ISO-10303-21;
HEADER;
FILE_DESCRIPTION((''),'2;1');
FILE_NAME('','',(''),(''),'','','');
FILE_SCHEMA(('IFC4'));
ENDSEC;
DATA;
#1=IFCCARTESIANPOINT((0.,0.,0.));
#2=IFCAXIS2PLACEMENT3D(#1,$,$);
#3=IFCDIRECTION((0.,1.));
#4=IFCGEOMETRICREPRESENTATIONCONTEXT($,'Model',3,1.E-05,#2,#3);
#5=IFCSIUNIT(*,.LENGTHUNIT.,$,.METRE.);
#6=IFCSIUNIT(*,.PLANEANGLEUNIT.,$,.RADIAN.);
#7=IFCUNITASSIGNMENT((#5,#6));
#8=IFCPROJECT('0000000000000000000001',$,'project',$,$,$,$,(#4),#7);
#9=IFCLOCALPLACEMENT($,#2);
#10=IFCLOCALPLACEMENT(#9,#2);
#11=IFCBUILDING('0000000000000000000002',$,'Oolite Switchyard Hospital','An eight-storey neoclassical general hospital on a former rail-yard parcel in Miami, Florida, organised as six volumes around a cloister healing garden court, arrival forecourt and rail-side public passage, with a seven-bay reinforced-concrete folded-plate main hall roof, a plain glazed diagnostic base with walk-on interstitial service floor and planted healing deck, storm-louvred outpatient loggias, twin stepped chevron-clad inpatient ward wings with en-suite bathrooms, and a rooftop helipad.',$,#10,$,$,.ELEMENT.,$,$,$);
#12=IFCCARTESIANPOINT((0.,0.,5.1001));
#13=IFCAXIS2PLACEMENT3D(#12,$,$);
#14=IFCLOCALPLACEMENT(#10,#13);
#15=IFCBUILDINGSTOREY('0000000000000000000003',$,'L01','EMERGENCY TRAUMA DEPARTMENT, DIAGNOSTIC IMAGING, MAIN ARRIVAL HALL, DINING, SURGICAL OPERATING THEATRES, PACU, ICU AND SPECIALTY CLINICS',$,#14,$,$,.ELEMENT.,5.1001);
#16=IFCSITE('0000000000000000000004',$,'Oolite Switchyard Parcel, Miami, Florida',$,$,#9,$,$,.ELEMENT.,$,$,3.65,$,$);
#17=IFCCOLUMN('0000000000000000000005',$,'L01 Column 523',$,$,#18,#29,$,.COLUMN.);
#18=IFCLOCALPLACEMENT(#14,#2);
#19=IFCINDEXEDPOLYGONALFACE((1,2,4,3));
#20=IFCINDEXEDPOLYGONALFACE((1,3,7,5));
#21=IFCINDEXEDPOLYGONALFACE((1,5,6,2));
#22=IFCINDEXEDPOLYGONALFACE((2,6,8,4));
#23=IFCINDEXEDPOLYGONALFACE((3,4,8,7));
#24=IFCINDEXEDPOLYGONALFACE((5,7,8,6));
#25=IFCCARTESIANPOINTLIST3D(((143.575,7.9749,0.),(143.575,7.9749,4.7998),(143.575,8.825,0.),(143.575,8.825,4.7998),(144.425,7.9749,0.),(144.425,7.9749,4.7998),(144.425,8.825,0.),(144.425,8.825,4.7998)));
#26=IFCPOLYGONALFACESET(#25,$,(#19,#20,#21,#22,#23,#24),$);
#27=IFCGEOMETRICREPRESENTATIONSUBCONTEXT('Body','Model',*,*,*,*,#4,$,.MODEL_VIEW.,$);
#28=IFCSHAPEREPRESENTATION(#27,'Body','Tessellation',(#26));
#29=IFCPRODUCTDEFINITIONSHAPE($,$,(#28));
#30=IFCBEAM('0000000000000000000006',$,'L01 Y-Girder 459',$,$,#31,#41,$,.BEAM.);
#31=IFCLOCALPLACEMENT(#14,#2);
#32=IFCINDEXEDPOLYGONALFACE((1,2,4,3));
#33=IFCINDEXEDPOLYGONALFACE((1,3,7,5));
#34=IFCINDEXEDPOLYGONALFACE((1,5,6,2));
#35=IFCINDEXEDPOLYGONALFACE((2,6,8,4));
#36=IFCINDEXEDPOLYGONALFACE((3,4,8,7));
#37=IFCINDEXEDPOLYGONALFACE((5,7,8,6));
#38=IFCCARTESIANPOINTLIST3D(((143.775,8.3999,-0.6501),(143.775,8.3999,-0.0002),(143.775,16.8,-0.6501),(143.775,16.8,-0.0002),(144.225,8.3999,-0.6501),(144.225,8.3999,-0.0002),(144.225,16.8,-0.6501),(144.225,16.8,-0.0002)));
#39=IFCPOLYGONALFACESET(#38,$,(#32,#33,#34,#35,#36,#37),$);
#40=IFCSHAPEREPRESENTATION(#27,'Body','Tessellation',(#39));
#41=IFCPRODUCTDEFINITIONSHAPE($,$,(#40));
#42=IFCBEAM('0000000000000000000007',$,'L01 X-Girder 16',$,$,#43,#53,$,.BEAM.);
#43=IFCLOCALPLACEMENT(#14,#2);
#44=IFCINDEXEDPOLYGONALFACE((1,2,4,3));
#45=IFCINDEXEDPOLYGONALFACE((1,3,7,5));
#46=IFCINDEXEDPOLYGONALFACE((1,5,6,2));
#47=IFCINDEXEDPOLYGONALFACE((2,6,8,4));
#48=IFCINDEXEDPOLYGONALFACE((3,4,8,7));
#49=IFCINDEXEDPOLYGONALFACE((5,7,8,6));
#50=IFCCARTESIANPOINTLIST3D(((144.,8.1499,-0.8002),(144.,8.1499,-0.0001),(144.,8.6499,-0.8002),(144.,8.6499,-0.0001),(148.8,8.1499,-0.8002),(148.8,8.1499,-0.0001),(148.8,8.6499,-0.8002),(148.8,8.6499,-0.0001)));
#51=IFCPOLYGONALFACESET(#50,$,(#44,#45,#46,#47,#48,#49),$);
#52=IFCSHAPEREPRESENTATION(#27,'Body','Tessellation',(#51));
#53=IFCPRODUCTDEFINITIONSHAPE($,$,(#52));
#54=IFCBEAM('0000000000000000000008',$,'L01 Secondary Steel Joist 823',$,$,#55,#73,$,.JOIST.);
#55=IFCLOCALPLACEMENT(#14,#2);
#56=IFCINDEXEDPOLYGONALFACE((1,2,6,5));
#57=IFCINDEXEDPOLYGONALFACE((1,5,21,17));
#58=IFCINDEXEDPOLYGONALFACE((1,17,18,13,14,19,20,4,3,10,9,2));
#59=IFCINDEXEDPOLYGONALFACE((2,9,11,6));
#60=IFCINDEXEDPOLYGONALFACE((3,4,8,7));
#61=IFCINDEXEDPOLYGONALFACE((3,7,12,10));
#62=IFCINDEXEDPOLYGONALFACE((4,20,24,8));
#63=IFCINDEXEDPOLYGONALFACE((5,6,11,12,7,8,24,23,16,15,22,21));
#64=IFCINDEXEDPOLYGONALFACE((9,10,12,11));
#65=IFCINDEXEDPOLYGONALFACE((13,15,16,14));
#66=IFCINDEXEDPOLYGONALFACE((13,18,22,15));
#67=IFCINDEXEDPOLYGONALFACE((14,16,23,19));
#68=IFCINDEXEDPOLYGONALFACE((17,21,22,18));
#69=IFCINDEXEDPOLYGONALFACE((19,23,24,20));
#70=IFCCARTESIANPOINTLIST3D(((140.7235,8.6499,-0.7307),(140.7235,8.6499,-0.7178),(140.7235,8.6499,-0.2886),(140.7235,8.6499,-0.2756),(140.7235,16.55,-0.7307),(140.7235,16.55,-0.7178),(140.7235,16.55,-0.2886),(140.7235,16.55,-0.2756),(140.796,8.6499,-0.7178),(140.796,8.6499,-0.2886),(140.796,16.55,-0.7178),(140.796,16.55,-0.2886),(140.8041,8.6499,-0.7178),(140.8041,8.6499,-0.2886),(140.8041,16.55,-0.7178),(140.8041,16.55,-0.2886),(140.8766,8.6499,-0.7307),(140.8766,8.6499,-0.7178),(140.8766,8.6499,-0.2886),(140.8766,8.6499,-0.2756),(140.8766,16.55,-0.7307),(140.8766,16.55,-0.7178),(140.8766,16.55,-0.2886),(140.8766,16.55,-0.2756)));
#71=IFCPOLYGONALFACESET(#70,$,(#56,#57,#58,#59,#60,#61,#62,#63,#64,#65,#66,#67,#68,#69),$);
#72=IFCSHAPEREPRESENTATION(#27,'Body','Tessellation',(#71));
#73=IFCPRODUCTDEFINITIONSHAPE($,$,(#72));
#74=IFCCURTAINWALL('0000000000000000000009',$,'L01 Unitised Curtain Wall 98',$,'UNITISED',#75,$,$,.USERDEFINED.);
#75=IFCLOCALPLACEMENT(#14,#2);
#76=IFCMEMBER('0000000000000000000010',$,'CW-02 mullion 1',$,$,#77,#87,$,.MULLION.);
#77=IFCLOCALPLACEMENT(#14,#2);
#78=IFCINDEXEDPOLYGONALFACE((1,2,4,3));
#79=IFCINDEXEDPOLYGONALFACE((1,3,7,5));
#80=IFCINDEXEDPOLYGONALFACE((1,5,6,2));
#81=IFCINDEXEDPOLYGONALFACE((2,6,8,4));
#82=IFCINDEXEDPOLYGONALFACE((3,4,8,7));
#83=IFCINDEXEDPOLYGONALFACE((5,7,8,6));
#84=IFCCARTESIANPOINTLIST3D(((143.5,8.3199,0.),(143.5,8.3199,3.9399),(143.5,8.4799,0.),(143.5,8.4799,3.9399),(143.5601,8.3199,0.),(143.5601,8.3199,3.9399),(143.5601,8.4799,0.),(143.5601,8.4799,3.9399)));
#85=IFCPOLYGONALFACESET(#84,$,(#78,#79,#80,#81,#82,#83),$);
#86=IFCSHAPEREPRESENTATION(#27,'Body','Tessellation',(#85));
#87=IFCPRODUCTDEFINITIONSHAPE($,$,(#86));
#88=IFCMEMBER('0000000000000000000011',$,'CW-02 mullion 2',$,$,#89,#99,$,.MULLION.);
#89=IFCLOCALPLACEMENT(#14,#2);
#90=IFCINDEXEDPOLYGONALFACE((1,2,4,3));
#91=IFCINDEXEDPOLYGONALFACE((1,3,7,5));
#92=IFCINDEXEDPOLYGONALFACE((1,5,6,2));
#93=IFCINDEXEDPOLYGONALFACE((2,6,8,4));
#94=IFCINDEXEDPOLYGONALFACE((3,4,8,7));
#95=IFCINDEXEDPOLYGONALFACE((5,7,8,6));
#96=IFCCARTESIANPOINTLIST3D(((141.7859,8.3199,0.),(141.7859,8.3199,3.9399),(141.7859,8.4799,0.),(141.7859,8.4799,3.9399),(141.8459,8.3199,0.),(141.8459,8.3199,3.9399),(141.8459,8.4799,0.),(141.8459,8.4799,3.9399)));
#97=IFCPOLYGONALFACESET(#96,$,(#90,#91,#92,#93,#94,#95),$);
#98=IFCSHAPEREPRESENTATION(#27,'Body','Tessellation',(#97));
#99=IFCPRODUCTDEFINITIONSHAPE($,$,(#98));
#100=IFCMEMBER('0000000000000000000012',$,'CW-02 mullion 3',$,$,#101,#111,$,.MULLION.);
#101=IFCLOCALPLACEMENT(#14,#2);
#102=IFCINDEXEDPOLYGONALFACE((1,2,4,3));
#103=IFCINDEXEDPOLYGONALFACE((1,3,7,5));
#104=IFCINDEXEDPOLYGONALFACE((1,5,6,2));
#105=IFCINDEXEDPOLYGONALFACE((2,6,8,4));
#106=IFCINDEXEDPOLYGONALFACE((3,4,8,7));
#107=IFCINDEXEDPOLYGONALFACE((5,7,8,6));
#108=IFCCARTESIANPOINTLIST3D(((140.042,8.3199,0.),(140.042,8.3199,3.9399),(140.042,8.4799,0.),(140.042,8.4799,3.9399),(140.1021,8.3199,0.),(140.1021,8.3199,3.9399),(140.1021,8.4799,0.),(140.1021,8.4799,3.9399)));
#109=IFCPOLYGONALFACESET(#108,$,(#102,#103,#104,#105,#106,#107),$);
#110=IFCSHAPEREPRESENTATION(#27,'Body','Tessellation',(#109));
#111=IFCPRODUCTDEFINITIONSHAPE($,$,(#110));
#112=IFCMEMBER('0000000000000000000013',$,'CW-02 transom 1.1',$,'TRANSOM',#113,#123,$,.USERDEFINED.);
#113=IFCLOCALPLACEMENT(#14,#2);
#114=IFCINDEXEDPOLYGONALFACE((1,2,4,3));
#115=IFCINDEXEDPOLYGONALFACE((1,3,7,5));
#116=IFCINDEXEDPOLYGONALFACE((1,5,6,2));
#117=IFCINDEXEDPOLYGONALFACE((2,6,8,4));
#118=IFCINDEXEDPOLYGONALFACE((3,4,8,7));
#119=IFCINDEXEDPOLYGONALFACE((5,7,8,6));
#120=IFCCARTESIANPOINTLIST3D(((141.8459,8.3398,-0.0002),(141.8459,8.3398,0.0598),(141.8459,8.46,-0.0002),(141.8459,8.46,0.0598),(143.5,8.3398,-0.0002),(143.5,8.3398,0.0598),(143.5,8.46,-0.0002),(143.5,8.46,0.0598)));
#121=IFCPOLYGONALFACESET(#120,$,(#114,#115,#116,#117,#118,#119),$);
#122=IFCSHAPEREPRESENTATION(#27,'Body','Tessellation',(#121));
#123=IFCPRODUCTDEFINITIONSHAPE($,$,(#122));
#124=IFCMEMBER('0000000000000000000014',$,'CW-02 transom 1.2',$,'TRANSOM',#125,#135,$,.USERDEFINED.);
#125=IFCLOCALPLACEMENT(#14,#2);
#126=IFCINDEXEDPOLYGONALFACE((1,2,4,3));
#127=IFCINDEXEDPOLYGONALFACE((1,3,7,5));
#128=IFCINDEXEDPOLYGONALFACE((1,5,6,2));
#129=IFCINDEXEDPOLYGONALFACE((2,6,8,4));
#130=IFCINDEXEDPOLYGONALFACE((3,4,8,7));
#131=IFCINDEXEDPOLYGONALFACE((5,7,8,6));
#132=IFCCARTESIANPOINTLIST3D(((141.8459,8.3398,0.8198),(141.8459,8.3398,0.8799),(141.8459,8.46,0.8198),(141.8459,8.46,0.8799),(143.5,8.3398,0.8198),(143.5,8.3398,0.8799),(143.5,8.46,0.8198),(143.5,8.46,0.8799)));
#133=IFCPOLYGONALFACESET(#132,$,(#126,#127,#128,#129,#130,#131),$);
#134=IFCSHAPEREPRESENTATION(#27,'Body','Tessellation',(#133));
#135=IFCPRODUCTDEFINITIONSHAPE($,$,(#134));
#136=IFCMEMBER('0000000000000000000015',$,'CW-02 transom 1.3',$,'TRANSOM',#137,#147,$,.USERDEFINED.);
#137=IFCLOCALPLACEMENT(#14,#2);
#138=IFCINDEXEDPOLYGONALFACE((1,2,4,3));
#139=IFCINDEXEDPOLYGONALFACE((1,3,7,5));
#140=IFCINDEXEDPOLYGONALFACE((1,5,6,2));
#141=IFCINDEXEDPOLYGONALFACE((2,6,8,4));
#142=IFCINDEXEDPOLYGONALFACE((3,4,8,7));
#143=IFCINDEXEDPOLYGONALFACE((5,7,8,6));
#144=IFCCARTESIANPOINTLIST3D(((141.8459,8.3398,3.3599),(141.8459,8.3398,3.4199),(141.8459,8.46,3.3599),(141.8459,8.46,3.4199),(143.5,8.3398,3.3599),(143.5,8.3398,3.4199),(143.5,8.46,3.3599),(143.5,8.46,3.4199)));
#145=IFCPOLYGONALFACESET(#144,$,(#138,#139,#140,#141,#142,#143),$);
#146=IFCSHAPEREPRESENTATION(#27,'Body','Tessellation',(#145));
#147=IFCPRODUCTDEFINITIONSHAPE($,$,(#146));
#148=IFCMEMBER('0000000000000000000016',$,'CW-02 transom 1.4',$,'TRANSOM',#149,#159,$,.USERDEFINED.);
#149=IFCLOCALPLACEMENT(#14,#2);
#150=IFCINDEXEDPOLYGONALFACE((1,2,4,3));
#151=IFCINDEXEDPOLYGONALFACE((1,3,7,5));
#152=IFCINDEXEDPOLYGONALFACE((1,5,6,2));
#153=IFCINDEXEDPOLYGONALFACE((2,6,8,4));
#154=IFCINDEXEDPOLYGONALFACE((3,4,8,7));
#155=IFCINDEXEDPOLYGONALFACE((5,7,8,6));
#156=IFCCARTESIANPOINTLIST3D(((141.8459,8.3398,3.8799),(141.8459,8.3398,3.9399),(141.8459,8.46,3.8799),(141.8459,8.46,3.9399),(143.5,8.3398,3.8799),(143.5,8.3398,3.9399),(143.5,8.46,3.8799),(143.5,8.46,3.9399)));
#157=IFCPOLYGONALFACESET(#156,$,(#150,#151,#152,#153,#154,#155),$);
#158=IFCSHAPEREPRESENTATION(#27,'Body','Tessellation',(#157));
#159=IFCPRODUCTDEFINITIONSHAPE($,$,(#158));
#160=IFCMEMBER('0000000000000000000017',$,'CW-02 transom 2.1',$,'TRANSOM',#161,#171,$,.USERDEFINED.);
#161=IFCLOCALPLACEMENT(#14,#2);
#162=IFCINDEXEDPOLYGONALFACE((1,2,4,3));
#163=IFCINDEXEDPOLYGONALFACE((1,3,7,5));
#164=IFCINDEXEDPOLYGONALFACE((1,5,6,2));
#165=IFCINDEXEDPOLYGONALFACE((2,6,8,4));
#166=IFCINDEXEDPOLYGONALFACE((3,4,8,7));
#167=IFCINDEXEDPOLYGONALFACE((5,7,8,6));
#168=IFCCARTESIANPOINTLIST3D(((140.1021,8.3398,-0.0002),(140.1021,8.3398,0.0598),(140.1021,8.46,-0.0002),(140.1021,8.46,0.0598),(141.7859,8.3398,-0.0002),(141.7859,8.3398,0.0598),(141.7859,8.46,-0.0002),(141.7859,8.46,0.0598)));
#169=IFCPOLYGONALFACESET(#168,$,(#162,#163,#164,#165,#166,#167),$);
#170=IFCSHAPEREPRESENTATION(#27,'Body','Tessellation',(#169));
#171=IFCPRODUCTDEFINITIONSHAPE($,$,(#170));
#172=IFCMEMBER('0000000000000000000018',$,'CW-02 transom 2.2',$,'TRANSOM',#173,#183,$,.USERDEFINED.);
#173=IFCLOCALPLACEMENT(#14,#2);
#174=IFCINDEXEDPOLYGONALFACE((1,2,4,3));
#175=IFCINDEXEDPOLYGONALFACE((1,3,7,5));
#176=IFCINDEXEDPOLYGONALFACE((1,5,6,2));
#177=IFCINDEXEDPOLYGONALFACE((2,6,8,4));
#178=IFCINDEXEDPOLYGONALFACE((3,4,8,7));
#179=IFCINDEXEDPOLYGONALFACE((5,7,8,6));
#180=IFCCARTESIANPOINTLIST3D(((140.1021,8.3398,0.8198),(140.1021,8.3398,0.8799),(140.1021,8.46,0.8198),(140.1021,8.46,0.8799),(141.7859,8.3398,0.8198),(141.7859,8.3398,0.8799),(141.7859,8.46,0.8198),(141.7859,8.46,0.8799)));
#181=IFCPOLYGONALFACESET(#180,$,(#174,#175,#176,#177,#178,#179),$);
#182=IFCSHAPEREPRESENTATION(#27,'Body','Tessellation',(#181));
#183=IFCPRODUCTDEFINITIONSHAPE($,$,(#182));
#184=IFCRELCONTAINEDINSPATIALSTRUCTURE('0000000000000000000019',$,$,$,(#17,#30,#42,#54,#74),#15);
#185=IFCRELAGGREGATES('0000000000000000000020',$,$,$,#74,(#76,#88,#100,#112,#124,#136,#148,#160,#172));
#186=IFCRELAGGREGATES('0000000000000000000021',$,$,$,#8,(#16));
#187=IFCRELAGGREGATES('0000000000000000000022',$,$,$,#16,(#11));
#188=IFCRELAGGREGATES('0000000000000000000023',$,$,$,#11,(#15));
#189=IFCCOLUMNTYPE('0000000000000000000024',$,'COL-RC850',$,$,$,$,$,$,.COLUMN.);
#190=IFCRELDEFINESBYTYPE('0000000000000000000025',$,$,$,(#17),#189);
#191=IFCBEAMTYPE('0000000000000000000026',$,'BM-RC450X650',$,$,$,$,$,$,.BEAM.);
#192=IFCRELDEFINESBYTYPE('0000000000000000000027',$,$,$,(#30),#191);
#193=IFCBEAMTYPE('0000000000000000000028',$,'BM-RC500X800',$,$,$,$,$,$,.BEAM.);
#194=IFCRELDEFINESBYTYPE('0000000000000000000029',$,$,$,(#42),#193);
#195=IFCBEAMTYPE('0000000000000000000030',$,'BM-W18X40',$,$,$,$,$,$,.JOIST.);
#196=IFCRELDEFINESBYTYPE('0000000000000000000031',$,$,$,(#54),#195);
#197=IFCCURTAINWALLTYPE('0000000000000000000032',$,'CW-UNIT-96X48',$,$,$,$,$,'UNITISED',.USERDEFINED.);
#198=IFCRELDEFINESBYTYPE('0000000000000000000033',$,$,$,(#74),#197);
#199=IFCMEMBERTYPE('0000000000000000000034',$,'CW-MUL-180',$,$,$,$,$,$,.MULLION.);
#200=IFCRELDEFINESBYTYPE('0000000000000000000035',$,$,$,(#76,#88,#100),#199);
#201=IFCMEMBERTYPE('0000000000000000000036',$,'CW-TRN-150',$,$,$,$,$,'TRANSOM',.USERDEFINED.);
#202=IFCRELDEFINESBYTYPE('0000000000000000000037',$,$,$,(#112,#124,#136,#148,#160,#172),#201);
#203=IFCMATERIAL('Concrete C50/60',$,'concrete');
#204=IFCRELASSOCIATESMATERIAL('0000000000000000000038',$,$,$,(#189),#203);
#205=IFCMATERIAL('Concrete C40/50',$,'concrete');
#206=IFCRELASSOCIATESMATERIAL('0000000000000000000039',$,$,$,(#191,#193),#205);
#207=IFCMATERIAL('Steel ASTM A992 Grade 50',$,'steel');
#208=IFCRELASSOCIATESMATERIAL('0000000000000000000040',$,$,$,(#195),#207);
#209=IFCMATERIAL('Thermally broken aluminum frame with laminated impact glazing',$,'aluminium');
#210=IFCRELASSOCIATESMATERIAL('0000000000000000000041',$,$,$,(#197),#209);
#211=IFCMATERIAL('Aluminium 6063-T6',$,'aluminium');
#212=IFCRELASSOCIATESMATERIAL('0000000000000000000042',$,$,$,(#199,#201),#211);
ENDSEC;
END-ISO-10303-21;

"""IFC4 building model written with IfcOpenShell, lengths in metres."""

from ifc_helpers import new_model, si_unit, direction, frame, origin, origin_2d, place, context, subcontext, project, spatial, rectangle, i_section, extrude, material, material_profile, profile_set, type_object, element, aggregate, save


model = new_model("IFC4")

# Units and contexts
model_context = context("Model", 3, precision=1e-05, world=origin(), true_north=direction((0.0, 1.0)))
body_context = subcontext(model_context, "Body", "Model", "MODEL_VIEW")
ifc_project = project(units=[si_unit("LENGTHUNIT", "METRE"), si_unit("PLANEANGLEUNIT", "RADIAN")], contexts=[model_context])

# Site, building, storey
site_placement = place(None, origin())
site = spatial("IfcSite", under=ifc_project, at=site_placement, Name="Oolite Switchyard Parcel, Miami, Florida", CompositionType="ELEMENT", RefElevation=3.65)
building_placement = place(site_placement, origin())
building = spatial("IfcBuilding", under=site, at=building_placement, Name="Oolite Switchyard Hospital", Description="An eight-storey neoclassical general hospital on a former rail-yard parcel in Miami, Florida, organised as six volumes around a cloister healing garden court, arrival forecourt and rail-side public passage, with a seven-bay reinforced-concrete folded-plate main hall roof, a plain glazed diagnostic base with walk-on interstitial service floor and planted healing deck, storm-louvred outpatient loggias, twin stepped chevron-clad inpatient ward wings with en-suite bathrooms, and a rooftop helipad.", CompositionType="ELEMENT")
storey_placement = place(building_placement, frame((0.0, 0.0, 5.1001)))
storey = spatial("IfcBuildingStorey", under=building, at=storey_placement, Name="L01", Description="EMERGENCY TRAUMA DEPARTMENT, DIAGNOSTIC IMAGING, MAIN ARRIVAL HALL, DINING, SURGICAL OPERATING THEATRES, PACU, ICU AND SPECIALTY CLINICS", CompositionType="ELEMENT", Elevation=5.1001)

# Column
ifc_material_1 = material(Name="Concrete C50/60", Category="concrete")
ifc_material_profile_1 = material_profile(ifc_material_1, rectangle(XDim=0.8501, YDim=0.8501, at=origin_2d()), Name="RC850X850")
ifc_profile_set_1 = profile_set([ifc_material_profile_1], Name="Concrete C50/60")
column_type = type_object("IfcColumnType", Name="COL-RC850", PredefinedType="COLUMN", material=ifc_profile_set_1)
column_placement = place(storey_placement, frame((144.0, 8.3999, 0.0), z_axis=(0.0, 0.0, 1.0), x_axis=(1.0, 0.0, 0.0)))
element("IfcColumn", 1, at=column_placement, inside=storey, type_object=column_type, Name="L01 Column 523", PredefinedType="COLUMN", context=body_context, shape_type="SweptSolid", body=[
    extrude(rectangle(XDim=0.8501, YDim=0.8501, at=origin_2d()), origin(), (0.0, 0.0, 1.0), 4.7998),
])

# Beams
ifc_material_2 = material(Name="Concrete C40/50", Category="concrete")
ifc_material_profile_2 = material_profile(ifc_material_2, rectangle(XDim=0.45, YDim=0.6499, at=origin_2d()), Name="RCB450X650")
ifc_profile_set_2 = profile_set([ifc_material_profile_2], Name="Concrete C40/50")
beam_type_1 = type_object("IfcBeamType", Name="BM-RC450X650", PredefinedType="BEAM", material=ifc_profile_set_2)
beam_1_placement = place(storey_placement, frame((144.0, 8.3999, -0.3252), z_axis=(0.0, 1.0, 0.0), x_axis=(-1.0, 0.0, 0.0)))
element("IfcBeam", 2, at=beam_1_placement, inside=storey, type_object=beam_type_1, Name="L01 Y-Girder 459", PredefinedType="BEAM", context=body_context, shape_type="SweptSolid", body=[
    extrude(rectangle(XDim=0.45, YDim=0.6499, at=origin_2d()), origin(), (0.0, 0.0, 1.0), 8.4001),
])
ifc_material_profile_3 = material_profile(ifc_material_2, rectangle(XDim=0.5, YDim=0.8, at=origin_2d()), Name="RCB500X800")
ifc_profile_set_3 = profile_set([ifc_material_profile_3], Name="Concrete C40/50")
beam_type_2 = type_object("IfcBeamType", Name="BM-RC500X800", PredefinedType="BEAM", material=ifc_profile_set_3)
beam_2_placement = place(storey_placement, frame((144.0, 8.3999, -0.4001), z_axis=(1.0, 0.0, 0.0), x_axis=(0.0, 1.0, 0.0)))
element("IfcBeam", 3, at=beam_2_placement, inside=storey, type_object=beam_type_2, Name="L01 X-Girder 16", PredefinedType="BEAM", context=body_context, shape_type="SweptSolid", body=[
    extrude(rectangle(XDim=0.5, YDim=0.8, at=origin_2d()), origin(), (0.0, 0.0, 1.0), 4.8),
])
ifc_material_3 = material(Name="Steel ASTM A992 Grade 50", Category="steel")
ifc_material_profile_4 = material_profile(ifc_material_3, i_section(OverallWidth=0.1531, OverallDepth=0.4551, WebThickness=0.0081, FlangeThickness=0.0129, at=origin_2d()), Name="W18X40")
ifc_profile_set_4 = profile_set([ifc_material_profile_4], Name="Steel ASTM A992 Grade 50")
beam_type_3 = type_object("IfcBeamType", Name="BM-W18X40", PredefinedType="JOIST", material=ifc_profile_set_4)
beam_3_placement = place(storey_placement, frame((140.8, 8.6499, -0.5032), z_axis=(0.0, 1.0, 0.0), x_axis=(-1.0, 0.0, 0.0)))
element("IfcBeam", 4, at=beam_3_placement, inside=storey, type_object=beam_type_3, Name="L01 Secondary Steel Joist 823", PredefinedType="JOIST", context=body_context, shape_type="SweptSolid", body=[
    extrude(i_section(OverallWidth=0.1531, OverallDepth=0.4551, WebThickness=0.0081, FlangeThickness=0.0129, at=origin_2d()), origin(), (0.0, 0.0, 1.0), 7.9001),
])

# Curtain wall, members
ifc_material_4 = material(Name="Thermally broken aluminum frame with laminated impact glazing", Category="aluminium")
curtain_wall_type = type_object("IfcCurtainWallType", Name="CW-UNIT-96X48", ElementType="UNITISED", PredefinedType="USERDEFINED", material=ifc_material_4)
curtain_wall_placement = place(storey_placement, origin())
curtain_wall = element("IfcCurtainWall", 5, at=curtain_wall_placement, inside=storey, type_object=curtain_wall_type, Name="L01 Unitised Curtain Wall 98", ObjectType="UNITISED", PredefinedType="USERDEFINED")
ifc_material_5 = material(Name="Aluminium 6063-T6", Category="aluminium")
ifc_material_profile_5 = material_profile(ifc_material_5, rectangle(XDim=0.1599, YDim=0.0601, at=origin_2d()), Name="CWM60X160")
ifc_profile_set_5 = profile_set([ifc_material_profile_5], Name="Aluminium 6063-T6")
member_type_1 = type_object("IfcMemberType", Name="CW-MUL-180", PredefinedType="MULLION", material=ifc_profile_set_5)
member_1_placement = place(storey_placement, frame((143.53, 8.3999, 0.0), z_axis=(0.0, 0.0, 1.0), x_axis=(0.0, -1.0, 0.0)))
member_1 = element("IfcMember", 6, at=member_1_placement, type_object=member_type_1, Name="CW-02 mullion 1", PredefinedType="MULLION", context=body_context, shape_type="SweptSolid", body=[
    extrude(rectangle(XDim=0.1599, YDim=0.0601, at=origin_2d()), origin(), (0.0, 0.0, 1.0), 3.9399),
])
member_2_placement = place(storey_placement, frame((141.8159, 8.3999, 0.0), z_axis=(0.0, 0.0, 1.0), x_axis=(0.0, -1.0, 0.0)))
member_2 = element("IfcMember", 7, at=member_2_placement, type_object=member_type_1, Name="CW-02 mullion 2", PredefinedType="MULLION", context=body_context, shape_type="SweptSolid", body=[
    extrude(rectangle(XDim=0.1599, YDim=0.0601, at=origin_2d()), origin(), (0.0, 0.0, 1.0), 3.9399),
])
member_3_placement = place(storey_placement, frame((140.072, 8.3999, 0.0), z_axis=(0.0, 0.0, 1.0), x_axis=(0.0, -1.0, 0.0)))
member_3 = element("IfcMember", 8, at=member_3_placement, type_object=member_type_1, Name="CW-02 mullion 3", PredefinedType="MULLION", context=body_context, shape_type="SweptSolid", body=[
    extrude(rectangle(XDim=0.1599, YDim=0.0601, at=origin_2d()), origin(), (0.0, 0.0, 1.0), 3.9399),
])
ifc_material_profile_6 = material_profile(ifc_material_5, rectangle(XDim=0.1201, YDim=0.0601, at=origin_2d()), Name="CWT60X120")
ifc_profile_set_6 = profile_set([ifc_material_profile_6], Name="Aluminium 6063-T6")
member_type_2 = type_object("IfcMemberType", Name="CW-TRN-150", ElementType="TRANSOM", PredefinedType="USERDEFINED", material=ifc_profile_set_6)
member_4_placement = place(storey_placement, frame((143.5, 8.3999, 0.0298), z_axis=(-1.0, 0.0, 0.0), x_axis=(0.0, -1.0, 0.0)))
member_4 = element("IfcMember", 9, at=member_4_placement, type_object=member_type_2, Name="CW-02 transom 1.1", ObjectType="TRANSOM", PredefinedType="USERDEFINED", context=body_context, shape_type="SweptSolid", body=[
    extrude(rectangle(XDim=0.1201, YDim=0.0601, at=origin_2d()), origin(), (0.0, 0.0, 1.0), 1.6541),
])
member_5_placement = place(storey_placement, frame((143.5, 8.3999, 0.8499), z_axis=(-1.0, 0.0, 0.0), x_axis=(0.0, -1.0, 0.0)))
member_5 = element("IfcMember", 10, at=member_5_placement, type_object=member_type_2, Name="CW-02 transom 1.2", ObjectType="TRANSOM", PredefinedType="USERDEFINED", context=body_context, shape_type="SweptSolid", body=[
    extrude(rectangle(XDim=0.1201, YDim=0.0601, at=origin_2d()), origin(), (0.0, 0.0, 1.0), 1.6541),
])
member_6_placement = place(storey_placement, frame((143.5, 8.3999, 3.3899), z_axis=(-1.0, 0.0, 0.0), x_axis=(0.0, -1.0, 0.0)))
member_6 = element("IfcMember", 11, at=member_6_placement, type_object=member_type_2, Name="CW-02 transom 1.3", ObjectType="TRANSOM", PredefinedType="USERDEFINED", context=body_context, shape_type="SweptSolid", body=[
    extrude(rectangle(XDim=0.1201, YDim=0.0601, at=origin_2d()), origin(), (0.0, 0.0, 1.0), 1.6541),
])
member_7_placement = place(storey_placement, frame((143.5, 8.3999, 3.9099), z_axis=(-1.0, 0.0, 0.0), x_axis=(0.0, -1.0, 0.0)))
member_7 = element("IfcMember", 12, at=member_7_placement, type_object=member_type_2, Name="CW-02 transom 1.4", ObjectType="TRANSOM", PredefinedType="USERDEFINED", context=body_context, shape_type="SweptSolid", body=[
    extrude(rectangle(XDim=0.1201, YDim=0.0601, at=origin_2d()), origin(), (0.0, 0.0, 1.0), 1.6541),
])
member_8_placement = place(storey_placement, frame((141.7859, 8.3999, 0.0298), z_axis=(-1.0, 0.0, 0.0), x_axis=(0.0, -1.0, 0.0)))
member_8 = element("IfcMember", 13, at=member_8_placement, type_object=member_type_2, Name="CW-02 transom 2.1", ObjectType="TRANSOM", PredefinedType="USERDEFINED", context=body_context, shape_type="SweptSolid", body=[
    extrude(rectangle(XDim=0.1201, YDim=0.0601, at=origin_2d()), origin(), (0.0, 0.0, 1.0), 1.6838),
])
member_9_placement = place(storey_placement, frame((141.7859, 8.3999, 0.8499), z_axis=(-1.0, 0.0, 0.0), x_axis=(0.0, -1.0, 0.0)))
member_9 = element("IfcMember", 14, at=member_9_placement, type_object=member_type_2, Name="CW-02 transom 2.2", ObjectType="TRANSOM", PredefinedType="USERDEFINED", context=body_context, shape_type="SweptSolid", body=[
    extrude(rectangle(XDim=0.1201, YDim=0.0601, at=origin_2d()), origin(), (0.0, 0.0, 1.0), 1.6838),
])
aggregate(curtain_wall, [member_1, member_2, member_3, member_4, member_5, member_6, member_7, member_8, member_9])

save(model, "model.ifc")
